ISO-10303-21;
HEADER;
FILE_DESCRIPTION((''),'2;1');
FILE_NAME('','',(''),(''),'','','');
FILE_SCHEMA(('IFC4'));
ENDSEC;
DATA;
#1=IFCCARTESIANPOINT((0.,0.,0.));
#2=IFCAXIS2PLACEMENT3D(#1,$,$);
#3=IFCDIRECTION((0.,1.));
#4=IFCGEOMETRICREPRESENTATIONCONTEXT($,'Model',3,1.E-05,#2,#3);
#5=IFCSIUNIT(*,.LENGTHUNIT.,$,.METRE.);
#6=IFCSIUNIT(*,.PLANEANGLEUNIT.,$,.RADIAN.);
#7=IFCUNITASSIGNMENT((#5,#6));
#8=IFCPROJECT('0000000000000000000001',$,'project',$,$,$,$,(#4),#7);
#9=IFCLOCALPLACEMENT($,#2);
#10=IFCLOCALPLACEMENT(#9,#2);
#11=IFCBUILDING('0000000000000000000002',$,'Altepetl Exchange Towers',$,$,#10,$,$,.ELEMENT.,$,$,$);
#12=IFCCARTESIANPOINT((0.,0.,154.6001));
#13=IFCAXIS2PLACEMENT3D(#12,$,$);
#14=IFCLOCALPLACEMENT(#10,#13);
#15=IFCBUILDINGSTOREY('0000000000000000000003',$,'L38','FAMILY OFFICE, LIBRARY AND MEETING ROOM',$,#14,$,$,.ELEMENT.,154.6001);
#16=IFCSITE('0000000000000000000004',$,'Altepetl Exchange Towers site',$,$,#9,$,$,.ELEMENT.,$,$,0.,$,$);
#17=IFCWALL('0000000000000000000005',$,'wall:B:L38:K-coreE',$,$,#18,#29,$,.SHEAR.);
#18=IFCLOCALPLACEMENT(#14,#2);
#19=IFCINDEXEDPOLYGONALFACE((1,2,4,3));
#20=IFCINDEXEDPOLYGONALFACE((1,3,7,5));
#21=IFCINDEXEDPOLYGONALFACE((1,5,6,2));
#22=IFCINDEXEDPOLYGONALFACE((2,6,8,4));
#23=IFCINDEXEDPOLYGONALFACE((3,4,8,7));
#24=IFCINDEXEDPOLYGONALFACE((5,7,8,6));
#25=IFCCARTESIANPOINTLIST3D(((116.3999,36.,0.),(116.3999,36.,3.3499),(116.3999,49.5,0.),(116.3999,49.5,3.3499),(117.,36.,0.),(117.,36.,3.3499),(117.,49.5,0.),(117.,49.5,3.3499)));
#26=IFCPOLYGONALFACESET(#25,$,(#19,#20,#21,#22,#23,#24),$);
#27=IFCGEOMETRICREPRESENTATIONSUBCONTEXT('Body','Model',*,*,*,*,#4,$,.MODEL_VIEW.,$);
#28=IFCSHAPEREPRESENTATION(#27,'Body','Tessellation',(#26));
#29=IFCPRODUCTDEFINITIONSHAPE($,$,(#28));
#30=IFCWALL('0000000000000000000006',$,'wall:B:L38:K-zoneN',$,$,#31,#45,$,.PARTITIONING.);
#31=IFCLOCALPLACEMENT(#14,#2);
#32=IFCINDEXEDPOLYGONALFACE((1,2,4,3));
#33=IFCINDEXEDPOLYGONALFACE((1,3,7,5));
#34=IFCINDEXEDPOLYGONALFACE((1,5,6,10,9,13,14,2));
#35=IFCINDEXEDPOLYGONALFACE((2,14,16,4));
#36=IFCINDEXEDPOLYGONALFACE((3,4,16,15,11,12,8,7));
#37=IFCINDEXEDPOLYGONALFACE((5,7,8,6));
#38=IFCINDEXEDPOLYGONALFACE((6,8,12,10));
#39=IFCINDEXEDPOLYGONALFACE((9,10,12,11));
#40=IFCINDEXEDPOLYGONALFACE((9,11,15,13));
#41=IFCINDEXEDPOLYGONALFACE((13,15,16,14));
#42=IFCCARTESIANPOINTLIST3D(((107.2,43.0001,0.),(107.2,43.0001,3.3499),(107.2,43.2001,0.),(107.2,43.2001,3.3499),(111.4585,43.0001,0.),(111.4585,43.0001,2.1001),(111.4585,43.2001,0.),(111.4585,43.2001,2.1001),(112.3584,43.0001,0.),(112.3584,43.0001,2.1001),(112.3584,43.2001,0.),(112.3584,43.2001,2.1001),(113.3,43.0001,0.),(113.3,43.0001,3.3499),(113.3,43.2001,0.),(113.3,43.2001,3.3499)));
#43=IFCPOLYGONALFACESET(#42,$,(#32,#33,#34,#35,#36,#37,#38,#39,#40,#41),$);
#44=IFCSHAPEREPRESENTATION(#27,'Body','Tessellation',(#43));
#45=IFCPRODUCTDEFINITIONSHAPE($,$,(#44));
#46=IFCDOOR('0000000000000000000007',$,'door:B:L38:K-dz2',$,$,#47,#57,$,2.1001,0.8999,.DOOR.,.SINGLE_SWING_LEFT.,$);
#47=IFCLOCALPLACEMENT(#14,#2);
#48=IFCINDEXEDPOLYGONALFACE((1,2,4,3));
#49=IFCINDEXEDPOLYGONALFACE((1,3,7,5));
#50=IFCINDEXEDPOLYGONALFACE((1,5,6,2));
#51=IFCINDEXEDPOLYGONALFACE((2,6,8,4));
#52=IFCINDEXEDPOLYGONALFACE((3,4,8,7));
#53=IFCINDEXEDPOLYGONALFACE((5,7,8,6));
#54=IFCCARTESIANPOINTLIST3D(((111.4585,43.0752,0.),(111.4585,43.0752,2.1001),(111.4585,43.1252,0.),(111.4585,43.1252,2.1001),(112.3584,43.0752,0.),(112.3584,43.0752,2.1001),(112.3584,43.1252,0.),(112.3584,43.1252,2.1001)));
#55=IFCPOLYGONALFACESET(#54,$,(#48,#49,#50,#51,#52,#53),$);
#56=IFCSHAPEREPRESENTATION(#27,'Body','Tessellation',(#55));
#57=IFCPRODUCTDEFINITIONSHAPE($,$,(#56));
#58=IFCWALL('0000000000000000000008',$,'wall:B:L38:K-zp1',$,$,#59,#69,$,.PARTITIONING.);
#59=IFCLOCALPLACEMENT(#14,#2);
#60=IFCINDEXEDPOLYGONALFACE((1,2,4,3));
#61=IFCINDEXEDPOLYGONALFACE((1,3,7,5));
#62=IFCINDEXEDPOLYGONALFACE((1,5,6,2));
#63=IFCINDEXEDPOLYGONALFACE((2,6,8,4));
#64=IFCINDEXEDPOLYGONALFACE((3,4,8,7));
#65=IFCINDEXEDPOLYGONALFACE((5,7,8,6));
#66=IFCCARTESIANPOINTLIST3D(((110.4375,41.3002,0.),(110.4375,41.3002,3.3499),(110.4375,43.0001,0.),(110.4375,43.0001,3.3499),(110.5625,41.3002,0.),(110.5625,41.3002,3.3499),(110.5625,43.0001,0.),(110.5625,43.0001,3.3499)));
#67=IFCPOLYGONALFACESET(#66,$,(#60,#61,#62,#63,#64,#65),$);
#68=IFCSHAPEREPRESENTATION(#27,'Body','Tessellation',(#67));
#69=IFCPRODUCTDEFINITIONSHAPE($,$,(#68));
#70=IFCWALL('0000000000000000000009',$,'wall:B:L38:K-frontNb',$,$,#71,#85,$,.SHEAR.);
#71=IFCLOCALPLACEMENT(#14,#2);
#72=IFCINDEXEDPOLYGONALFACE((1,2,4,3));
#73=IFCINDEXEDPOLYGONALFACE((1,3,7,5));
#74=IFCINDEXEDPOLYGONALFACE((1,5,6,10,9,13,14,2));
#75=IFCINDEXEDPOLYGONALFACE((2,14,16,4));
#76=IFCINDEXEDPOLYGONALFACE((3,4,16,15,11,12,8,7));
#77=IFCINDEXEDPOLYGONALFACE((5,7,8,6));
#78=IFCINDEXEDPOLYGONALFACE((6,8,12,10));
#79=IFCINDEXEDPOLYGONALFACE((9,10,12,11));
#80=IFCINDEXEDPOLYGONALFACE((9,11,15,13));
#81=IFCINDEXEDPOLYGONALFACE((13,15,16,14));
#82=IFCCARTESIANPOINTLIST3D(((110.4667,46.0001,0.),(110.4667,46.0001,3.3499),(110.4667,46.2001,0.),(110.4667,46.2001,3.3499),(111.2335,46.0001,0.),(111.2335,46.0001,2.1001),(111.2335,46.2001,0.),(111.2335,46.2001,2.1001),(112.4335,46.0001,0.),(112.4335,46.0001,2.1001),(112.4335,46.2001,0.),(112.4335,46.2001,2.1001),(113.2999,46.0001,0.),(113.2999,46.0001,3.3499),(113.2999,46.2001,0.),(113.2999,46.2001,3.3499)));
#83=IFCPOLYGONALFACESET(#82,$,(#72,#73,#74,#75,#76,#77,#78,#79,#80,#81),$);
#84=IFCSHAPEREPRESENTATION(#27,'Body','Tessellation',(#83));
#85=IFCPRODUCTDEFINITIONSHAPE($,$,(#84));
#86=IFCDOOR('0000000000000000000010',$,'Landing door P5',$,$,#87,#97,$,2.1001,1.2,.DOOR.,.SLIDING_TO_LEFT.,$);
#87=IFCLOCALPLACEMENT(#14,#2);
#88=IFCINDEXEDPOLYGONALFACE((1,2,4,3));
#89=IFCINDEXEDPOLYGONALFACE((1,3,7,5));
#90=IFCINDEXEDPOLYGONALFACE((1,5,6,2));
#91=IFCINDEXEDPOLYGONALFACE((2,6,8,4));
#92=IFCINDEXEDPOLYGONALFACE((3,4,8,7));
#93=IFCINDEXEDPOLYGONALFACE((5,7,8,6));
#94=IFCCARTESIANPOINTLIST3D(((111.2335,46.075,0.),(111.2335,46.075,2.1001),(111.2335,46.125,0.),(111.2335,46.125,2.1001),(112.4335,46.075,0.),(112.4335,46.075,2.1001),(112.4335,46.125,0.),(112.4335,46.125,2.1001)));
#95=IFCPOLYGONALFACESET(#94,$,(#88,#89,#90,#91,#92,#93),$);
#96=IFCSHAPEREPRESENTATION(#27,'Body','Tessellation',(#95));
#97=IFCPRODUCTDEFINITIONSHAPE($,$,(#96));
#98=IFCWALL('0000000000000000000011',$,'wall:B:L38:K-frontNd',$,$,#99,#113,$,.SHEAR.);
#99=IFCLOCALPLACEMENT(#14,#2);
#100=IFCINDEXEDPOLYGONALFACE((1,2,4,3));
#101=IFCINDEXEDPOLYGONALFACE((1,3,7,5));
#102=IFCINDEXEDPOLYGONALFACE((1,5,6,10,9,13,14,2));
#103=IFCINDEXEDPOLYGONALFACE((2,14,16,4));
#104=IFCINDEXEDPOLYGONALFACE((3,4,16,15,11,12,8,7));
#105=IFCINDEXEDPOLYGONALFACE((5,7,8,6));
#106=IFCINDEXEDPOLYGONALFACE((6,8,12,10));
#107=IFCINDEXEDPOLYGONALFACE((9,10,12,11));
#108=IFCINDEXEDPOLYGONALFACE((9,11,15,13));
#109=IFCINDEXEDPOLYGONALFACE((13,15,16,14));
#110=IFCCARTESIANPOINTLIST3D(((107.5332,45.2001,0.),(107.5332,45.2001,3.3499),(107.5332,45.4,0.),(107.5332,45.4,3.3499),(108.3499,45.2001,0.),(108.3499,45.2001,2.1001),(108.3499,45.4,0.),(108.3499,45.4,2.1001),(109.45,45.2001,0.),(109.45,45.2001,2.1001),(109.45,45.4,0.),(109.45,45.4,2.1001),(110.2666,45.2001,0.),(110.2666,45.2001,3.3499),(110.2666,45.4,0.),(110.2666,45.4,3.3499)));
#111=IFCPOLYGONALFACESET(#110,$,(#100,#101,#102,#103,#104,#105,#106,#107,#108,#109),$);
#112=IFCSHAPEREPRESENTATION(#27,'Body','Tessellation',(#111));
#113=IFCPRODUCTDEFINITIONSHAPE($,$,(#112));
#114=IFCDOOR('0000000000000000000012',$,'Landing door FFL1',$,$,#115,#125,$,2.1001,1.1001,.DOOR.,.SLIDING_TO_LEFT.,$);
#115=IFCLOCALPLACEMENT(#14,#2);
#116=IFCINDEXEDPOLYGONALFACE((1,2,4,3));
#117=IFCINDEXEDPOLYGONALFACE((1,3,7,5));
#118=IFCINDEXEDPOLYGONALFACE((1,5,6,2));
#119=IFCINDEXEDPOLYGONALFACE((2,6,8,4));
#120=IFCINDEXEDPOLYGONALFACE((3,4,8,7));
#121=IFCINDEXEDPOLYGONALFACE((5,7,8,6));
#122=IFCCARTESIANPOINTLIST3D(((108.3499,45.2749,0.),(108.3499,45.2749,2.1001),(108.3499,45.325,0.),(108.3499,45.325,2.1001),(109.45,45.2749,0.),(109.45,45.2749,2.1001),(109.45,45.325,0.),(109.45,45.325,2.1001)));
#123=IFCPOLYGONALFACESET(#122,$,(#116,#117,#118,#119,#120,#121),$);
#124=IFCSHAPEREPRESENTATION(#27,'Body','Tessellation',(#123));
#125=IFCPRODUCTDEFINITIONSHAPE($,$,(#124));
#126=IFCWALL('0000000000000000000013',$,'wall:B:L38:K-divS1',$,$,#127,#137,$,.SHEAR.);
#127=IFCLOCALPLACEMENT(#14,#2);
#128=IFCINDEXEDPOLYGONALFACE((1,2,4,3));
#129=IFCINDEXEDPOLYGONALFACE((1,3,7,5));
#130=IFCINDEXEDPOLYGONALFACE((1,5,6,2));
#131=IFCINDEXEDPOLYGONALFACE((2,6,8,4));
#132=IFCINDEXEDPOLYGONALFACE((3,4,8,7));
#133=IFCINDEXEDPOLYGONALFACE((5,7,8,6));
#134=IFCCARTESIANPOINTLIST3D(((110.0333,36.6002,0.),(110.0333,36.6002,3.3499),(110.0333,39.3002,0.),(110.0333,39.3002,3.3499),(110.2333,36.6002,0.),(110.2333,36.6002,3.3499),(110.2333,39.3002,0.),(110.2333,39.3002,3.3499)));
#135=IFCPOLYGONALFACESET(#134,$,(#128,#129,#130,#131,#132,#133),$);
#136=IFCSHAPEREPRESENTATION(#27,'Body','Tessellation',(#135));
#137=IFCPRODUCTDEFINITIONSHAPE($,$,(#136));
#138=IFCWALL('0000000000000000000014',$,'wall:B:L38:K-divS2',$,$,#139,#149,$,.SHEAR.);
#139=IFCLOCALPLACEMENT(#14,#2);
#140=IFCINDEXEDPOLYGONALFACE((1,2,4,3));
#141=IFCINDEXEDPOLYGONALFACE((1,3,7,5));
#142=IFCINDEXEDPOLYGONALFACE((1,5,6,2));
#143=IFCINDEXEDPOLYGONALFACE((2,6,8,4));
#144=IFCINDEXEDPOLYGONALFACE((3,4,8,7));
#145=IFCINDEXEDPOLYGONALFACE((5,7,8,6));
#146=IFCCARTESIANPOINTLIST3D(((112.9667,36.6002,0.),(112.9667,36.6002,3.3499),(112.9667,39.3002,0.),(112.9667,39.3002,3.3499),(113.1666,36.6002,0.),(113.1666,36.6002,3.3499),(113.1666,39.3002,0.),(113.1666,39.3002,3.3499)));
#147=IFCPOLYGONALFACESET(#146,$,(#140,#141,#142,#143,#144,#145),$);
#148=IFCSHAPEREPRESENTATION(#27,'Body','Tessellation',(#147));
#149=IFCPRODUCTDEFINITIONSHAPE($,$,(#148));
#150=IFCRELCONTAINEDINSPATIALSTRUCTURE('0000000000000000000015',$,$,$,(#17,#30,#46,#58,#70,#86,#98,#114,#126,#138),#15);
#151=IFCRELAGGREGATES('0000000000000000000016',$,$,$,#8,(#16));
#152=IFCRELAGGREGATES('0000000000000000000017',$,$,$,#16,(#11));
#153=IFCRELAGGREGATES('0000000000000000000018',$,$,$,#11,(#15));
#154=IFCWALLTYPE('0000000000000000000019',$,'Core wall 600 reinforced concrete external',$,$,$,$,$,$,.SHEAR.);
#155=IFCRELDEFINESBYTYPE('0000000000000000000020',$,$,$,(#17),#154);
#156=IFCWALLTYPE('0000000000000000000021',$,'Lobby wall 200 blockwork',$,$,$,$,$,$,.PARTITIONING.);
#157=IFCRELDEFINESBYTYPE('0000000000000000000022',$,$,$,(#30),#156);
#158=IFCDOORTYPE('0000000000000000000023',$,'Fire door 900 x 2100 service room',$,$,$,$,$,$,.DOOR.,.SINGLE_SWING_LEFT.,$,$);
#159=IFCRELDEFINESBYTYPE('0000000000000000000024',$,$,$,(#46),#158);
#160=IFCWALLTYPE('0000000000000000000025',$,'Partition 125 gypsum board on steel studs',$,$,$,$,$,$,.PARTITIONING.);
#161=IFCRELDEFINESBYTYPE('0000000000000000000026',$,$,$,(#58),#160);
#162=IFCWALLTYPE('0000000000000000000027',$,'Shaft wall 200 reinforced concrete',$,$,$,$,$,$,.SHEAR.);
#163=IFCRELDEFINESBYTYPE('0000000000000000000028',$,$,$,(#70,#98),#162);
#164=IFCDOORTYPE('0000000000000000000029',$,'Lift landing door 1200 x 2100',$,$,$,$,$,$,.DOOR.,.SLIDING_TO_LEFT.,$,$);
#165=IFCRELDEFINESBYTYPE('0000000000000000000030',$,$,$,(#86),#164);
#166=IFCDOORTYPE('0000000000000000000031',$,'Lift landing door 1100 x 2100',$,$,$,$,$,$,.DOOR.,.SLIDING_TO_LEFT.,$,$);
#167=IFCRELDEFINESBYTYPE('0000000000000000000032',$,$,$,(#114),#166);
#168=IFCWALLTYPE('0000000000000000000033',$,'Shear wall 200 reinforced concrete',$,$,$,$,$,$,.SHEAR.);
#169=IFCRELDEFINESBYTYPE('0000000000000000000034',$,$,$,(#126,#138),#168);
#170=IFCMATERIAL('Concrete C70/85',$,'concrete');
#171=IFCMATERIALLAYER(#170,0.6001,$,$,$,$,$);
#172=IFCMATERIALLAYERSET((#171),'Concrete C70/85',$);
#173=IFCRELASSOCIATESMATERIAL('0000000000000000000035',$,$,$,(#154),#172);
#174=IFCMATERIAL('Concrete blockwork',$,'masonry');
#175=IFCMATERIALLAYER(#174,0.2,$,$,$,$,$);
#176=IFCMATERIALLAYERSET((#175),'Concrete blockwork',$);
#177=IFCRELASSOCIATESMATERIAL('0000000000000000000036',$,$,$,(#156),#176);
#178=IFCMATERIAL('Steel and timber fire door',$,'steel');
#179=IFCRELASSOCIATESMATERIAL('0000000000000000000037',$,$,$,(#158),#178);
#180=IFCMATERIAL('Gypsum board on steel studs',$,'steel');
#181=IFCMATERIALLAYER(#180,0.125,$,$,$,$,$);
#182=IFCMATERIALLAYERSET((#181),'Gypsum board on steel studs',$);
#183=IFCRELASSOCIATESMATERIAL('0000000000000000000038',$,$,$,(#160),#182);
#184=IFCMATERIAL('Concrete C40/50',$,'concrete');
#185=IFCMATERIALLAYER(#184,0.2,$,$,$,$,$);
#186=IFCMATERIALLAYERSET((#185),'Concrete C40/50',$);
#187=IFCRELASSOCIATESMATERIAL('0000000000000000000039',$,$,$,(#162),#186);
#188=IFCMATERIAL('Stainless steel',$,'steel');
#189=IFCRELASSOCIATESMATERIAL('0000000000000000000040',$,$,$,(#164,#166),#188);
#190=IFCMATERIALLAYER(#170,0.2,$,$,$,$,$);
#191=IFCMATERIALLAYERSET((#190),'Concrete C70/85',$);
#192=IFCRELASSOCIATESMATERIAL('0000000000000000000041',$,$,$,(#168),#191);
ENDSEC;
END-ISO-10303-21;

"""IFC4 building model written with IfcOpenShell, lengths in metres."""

from ifc_helpers import new_model, si_unit, direction, frame, frame_2d, origin, place, context, subcontext, project, spatial, rectangle, extrude, material, layer, layer_set, type_object, element, fill, save


model = new_model("IFC4")

# Units and contexts
model_context = context("Model", 3, precision=1e-05, world=origin(), true_north=direction((0.0, 1.0)))
body_context = subcontext(model_context, "Body", "Model", "MODEL_VIEW")
ifc_project = project(units=[si_unit("LENGTHUNIT", "METRE"), si_unit("PLANEANGLEUNIT", "RADIAN")], contexts=[model_context])

# Site, building, storey
site_placement = place(None, origin())
site = spatial("IfcSite", under=ifc_project, at=site_placement, Name="Altepetl Exchange Towers site", CompositionType="ELEMENT", RefElevation=0.0)
building_placement = place(site_placement, origin())
building = spatial("IfcBuilding", under=site, at=building_placement, Name="Altepetl Exchange Towers", CompositionType="ELEMENT")
storey_placement = place(building_placement, frame((0.0, 0.0, 154.6001)))
storey = spatial("IfcBuildingStorey", under=building, at=storey_placement, Name="L38", Description="FAMILY OFFICE, LIBRARY AND MEETING ROOM", CompositionType="ELEMENT", Elevation=154.6001)

# Wall
ifc_material_1 = material(Name="Concrete C70/85", Category="concrete")
ifc_layer_1 = layer(ifc_material_1, 0.6001)
ifc_layer_set_1 = layer_set([ifc_layer_1], Name="Concrete C70/85")
wall_type_1 = type_object("IfcWallType", Name="Core wall 600 reinforced concrete external", PredefinedType="SHEAR", material=ifc_layer_set_1)
wall_1_placement = place(storey_placement, frame((116.7, 36.0, 0.0), z_axis=(0.0, 0.0, 1.0), x_axis=(0.0, 1.0, 0.0)))
element("IfcWall", 1, at=wall_1_placement, inside=storey, type_object=wall_type_1, Name="wall:B:L38:K-coreE", PredefinedType="SHEAR", context=body_context, shape_type="SweptSolid", body=[
    extrude(rectangle(XDim=13.5, YDim=0.6001, at=frame_2d((6.75, 0.0))), origin(), (0.0, 0.0, 1.0), 3.3499),
])

# Wall, opening, door
ifc_material_2 = material(Name="Concrete blockwork", Category="masonry")
ifc_layer_2 = layer(ifc_material_2, 0.2)
ifc_layer_set_2 = layer_set([ifc_layer_2], Name="Concrete blockwork")
wall_type_2 = type_object("IfcWallType", Name="Lobby wall 200 blockwork", PredefinedType="PARTITIONING", material=ifc_layer_set_2)
wall_2_placement = place(storey_placement, frame((107.2, 43.1001, 0.0)))
wall_2 = element("IfcWall", 2, at=wall_2_placement, inside=storey, type_object=wall_type_2, Name="wall:B:L38:K-zoneN", PredefinedType="PARTITIONING", context=body_context, shape_type="SweptSolid", body=[
    extrude(rectangle(XDim=6.1001, YDim=0.2, at=frame_2d((3.05, 0.0))), origin(), (0.0, 0.0, 1.0), 3.3499),
])
opening_1_placement = place(wall_2_placement, frame((4.2585, 0.0, 0.0)))
opening_1 = element("IfcOpeningElement", 3, at=opening_1_placement, cuts=wall_2, PredefinedType="OPENING", context=body_context, shape_type="SweptSolid", body=[
    extrude(rectangle(XDim=0.8999, YDim=2.1001, at=frame_2d((0.45, 1.05))), frame((0.0, 0.1099, 0.0), z_axis=(0.0, -1.0, 0.0), x_axis=(1.0, 0.0, 0.0)), (0.0, 0.0, 1.0), 0.22),
])
ifc_material_3 = material(Name="Steel and timber fire door", Category="steel")
door_type_1 = type_object("IfcDoorType", Name="Fire door 900 x 2100 service room", OperationType="SINGLE_SWING_LEFT", PredefinedType="DOOR", material=ifc_material_3)
door_1_placement = place(opening_1_placement, frame((0.8999, 0.0, 0.0), x_axis=(-1.0, 0.0, 0.0)))
door_1 = element("IfcDoor", 4, at=door_1_placement, inside=storey, type_object=door_type_1, Name="door:B:L38:K-dz2", OperationType="SINGLE_SWING_LEFT", OverallHeight=2.1001, OverallWidth=0.8999, PredefinedType="DOOR", context=body_context, shape_type="SweptSolid", body=[
    extrude(rectangle(XDim=0.8999, YDim=2.1001, at=frame_2d((0.45, 1.05))), frame((0.0, 0.0249, 0.0), z_axis=(0.0, -1.0, 0.0), x_axis=(1.0, 0.0, 0.0)), (0.0, 0.0, 1.0), 0.05),
])
fill(opening_1, door_1)

# Wall
ifc_material_4 = material(Name="Gypsum board on steel studs", Category="steel")
ifc_layer_3 = layer(ifc_material_4, 0.125)
ifc_layer_set_3 = layer_set([ifc_layer_3], Name="Gypsum board on steel studs")
wall_type_3 = type_object("IfcWallType", Name="Partition 125 gypsum board on steel studs", PredefinedType="PARTITIONING", material=ifc_layer_set_3)
wall_3_placement = place(storey_placement, frame((110.5, 41.3, 0.0), z_axis=(0.0, 0.0, 1.0), x_axis=(0.0, 1.0, 0.0)))
element("IfcWall", 5, at=wall_3_placement, inside=storey, type_object=wall_type_3, Name="wall:B:L38:K-zp1", PredefinedType="PARTITIONING", context=body_context, shape_type="SweptSolid", body=[
    extrude(rectangle(XDim=1.7, YDim=0.125, at=frame_2d((0.8501, 0.0))), origin(), (0.0, 0.0, 1.0), 3.3499),
])

# Walls, openings, doors
ifc_material_5 = material(Name="Concrete C40/50", Category="concrete")
ifc_layer_4 = layer(ifc_material_5, 0.2)
ifc_layer_set_4 = layer_set([ifc_layer_4], Name="Concrete C40/50")
wall_type_4 = type_object("IfcWallType", Name="Shaft wall 200 reinforced concrete", PredefinedType="SHEAR", material=ifc_layer_set_4)
wall_4_placement = place(storey_placement, frame((110.4668, 46.1001, 0.0)))
wall_4 = element("IfcWall", 6, at=wall_4_placement, inside=storey, type_object=wall_type_4, Name="wall:B:L38:K-frontNb", PredefinedType="SHEAR", context=body_context, shape_type="SweptSolid", body=[
    extrude(rectangle(XDim=2.8333, YDim=0.2, at=frame_2d((1.4165, 0.0))), origin(), (0.0, 0.0, 1.0), 3.3499),
])
opening_2_placement = place(wall_4_placement, frame((0.7666, 0.0, 0.0)))
opening_2 = element("IfcOpeningElement", 7, at=opening_2_placement, cuts=wall_4, PredefinedType="OPENING", context=body_context, shape_type="SweptSolid", body=[
    extrude(rectangle(XDim=1.2, YDim=2.1001, at=frame_2d((0.6001, 1.05))), frame((0.0, 0.1099, 0.0), z_axis=(0.0, -1.0, 0.0), x_axis=(1.0, 0.0, 0.0)), (0.0, 0.0, 1.0), 0.22),
])
ifc_material_6 = material(Name="Stainless steel", Category="steel")
door_type_2 = type_object("IfcDoorType", Name="Lift landing door 1200 x 2100", OperationType="SLIDING_TO_LEFT", PredefinedType="DOOR", material=ifc_material_6)
door_2_placement = place(opening_2_placement, origin())
door_2 = element("IfcDoor", 8, at=door_2_placement, inside=storey, type_object=door_type_2, Name="Landing door P5", OperationType="SLIDING_TO_LEFT", OverallHeight=2.1001, OverallWidth=1.2, PredefinedType="DOOR", context=body_context, shape_type="SweptSolid", body=[
    extrude(rectangle(XDim=1.2, YDim=2.1001, at=frame_2d((0.6001, 1.05))), frame((0.0, 0.0249, 0.0), z_axis=(0.0, -1.0, 0.0), x_axis=(1.0, 0.0, 0.0)), (0.0, 0.0, 1.0), 0.05),
])
fill(opening_2, door_2)
wall_5_placement = place(storey_placement, frame((107.5332, 45.3, 0.0)))
wall_5 = element("IfcWall", 9, at=wall_5_placement, inside=storey, type_object=wall_type_4, Name="wall:B:L38:K-frontNd", PredefinedType="SHEAR", context=body_context, shape_type="SweptSolid", body=[
    extrude(rectangle(XDim=2.7334, YDim=0.2, at=frame_2d((1.3667, 0.0))), origin(), (0.0, 0.0, 1.0), 3.3499),
])
opening_3_placement = place(wall_5_placement, frame((0.8167, 0.0, 0.0)))
opening_3 = element("IfcOpeningElement", 10, at=opening_3_placement, cuts=wall_5, PredefinedType="OPENING", context=body_context, shape_type="SweptSolid", body=[
    extrude(rectangle(XDim=1.1001, YDim=2.1001, at=frame_2d((0.55, 1.05))), frame((0.0, 0.1099, 0.0), z_axis=(0.0, -1.0, 0.0), x_axis=(1.0, 0.0, 0.0)), (0.0, 0.0, 1.0), 0.22),
])
door_type_3 = type_object("IfcDoorType", Name="Lift landing door 1100 x 2100", OperationType="SLIDING_TO_LEFT", PredefinedType="DOOR", material=ifc_material_6)
door_3_placement = place(opening_3_placement, origin())
door_3 = element("IfcDoor", 11, at=door_3_placement, inside=storey, type_object=door_type_3, Name="Landing door FFL1", OperationType="SLIDING_TO_LEFT", OverallHeight=2.1001, OverallWidth=1.1001, PredefinedType="DOOR", context=body_context, shape_type="SweptSolid", body=[
    extrude(rectangle(XDim=1.1001, YDim=2.1001, at=frame_2d((0.55, 1.05))), frame((0.0, 0.0249, 0.0), z_axis=(0.0, -1.0, 0.0), x_axis=(1.0, 0.0, 0.0)), (0.0, 0.0, 1.0), 0.05),
])
fill(opening_3, door_3)

# Walls
ifc_layer_5 = layer(ifc_material_1, 0.2)
ifc_layer_set_5 = layer_set([ifc_layer_5], Name="Concrete C70/85")
wall_type_5 = type_object("IfcWallType", Name="Shear wall 200 reinforced concrete", PredefinedType="SHEAR", material=ifc_layer_set_5)
for number, where, z_axis, x_axis, name in (
    (12, (110.1333, 36.6001, 0.0), (0.0, 0.0, 1.0), (0.0, 1.0, 0.0), "wall:B:L38:K-divS1"),
    (13, (113.0667, 36.6001, 0.0), (0.0, 0.0, 1.0), (0.0, 1.0, 0.0), "wall:B:L38:K-divS2"),
):
    element("IfcWall", number, at=place(storey_placement, frame(where, z_axis=z_axis, x_axis=x_axis)), inside=storey, type_object=wall_type_5, Name=name, PredefinedType="SHEAR", context=body_context, shape_type="SweptSolid", body=[
        extrude(rectangle(XDim=2.7, YDim=0.2, at=frame_2d((1.3501, 0.0))), origin(), (0.0, 0.0, 1.0), 3.3499),
    ])

save(model, "model.ifc")
